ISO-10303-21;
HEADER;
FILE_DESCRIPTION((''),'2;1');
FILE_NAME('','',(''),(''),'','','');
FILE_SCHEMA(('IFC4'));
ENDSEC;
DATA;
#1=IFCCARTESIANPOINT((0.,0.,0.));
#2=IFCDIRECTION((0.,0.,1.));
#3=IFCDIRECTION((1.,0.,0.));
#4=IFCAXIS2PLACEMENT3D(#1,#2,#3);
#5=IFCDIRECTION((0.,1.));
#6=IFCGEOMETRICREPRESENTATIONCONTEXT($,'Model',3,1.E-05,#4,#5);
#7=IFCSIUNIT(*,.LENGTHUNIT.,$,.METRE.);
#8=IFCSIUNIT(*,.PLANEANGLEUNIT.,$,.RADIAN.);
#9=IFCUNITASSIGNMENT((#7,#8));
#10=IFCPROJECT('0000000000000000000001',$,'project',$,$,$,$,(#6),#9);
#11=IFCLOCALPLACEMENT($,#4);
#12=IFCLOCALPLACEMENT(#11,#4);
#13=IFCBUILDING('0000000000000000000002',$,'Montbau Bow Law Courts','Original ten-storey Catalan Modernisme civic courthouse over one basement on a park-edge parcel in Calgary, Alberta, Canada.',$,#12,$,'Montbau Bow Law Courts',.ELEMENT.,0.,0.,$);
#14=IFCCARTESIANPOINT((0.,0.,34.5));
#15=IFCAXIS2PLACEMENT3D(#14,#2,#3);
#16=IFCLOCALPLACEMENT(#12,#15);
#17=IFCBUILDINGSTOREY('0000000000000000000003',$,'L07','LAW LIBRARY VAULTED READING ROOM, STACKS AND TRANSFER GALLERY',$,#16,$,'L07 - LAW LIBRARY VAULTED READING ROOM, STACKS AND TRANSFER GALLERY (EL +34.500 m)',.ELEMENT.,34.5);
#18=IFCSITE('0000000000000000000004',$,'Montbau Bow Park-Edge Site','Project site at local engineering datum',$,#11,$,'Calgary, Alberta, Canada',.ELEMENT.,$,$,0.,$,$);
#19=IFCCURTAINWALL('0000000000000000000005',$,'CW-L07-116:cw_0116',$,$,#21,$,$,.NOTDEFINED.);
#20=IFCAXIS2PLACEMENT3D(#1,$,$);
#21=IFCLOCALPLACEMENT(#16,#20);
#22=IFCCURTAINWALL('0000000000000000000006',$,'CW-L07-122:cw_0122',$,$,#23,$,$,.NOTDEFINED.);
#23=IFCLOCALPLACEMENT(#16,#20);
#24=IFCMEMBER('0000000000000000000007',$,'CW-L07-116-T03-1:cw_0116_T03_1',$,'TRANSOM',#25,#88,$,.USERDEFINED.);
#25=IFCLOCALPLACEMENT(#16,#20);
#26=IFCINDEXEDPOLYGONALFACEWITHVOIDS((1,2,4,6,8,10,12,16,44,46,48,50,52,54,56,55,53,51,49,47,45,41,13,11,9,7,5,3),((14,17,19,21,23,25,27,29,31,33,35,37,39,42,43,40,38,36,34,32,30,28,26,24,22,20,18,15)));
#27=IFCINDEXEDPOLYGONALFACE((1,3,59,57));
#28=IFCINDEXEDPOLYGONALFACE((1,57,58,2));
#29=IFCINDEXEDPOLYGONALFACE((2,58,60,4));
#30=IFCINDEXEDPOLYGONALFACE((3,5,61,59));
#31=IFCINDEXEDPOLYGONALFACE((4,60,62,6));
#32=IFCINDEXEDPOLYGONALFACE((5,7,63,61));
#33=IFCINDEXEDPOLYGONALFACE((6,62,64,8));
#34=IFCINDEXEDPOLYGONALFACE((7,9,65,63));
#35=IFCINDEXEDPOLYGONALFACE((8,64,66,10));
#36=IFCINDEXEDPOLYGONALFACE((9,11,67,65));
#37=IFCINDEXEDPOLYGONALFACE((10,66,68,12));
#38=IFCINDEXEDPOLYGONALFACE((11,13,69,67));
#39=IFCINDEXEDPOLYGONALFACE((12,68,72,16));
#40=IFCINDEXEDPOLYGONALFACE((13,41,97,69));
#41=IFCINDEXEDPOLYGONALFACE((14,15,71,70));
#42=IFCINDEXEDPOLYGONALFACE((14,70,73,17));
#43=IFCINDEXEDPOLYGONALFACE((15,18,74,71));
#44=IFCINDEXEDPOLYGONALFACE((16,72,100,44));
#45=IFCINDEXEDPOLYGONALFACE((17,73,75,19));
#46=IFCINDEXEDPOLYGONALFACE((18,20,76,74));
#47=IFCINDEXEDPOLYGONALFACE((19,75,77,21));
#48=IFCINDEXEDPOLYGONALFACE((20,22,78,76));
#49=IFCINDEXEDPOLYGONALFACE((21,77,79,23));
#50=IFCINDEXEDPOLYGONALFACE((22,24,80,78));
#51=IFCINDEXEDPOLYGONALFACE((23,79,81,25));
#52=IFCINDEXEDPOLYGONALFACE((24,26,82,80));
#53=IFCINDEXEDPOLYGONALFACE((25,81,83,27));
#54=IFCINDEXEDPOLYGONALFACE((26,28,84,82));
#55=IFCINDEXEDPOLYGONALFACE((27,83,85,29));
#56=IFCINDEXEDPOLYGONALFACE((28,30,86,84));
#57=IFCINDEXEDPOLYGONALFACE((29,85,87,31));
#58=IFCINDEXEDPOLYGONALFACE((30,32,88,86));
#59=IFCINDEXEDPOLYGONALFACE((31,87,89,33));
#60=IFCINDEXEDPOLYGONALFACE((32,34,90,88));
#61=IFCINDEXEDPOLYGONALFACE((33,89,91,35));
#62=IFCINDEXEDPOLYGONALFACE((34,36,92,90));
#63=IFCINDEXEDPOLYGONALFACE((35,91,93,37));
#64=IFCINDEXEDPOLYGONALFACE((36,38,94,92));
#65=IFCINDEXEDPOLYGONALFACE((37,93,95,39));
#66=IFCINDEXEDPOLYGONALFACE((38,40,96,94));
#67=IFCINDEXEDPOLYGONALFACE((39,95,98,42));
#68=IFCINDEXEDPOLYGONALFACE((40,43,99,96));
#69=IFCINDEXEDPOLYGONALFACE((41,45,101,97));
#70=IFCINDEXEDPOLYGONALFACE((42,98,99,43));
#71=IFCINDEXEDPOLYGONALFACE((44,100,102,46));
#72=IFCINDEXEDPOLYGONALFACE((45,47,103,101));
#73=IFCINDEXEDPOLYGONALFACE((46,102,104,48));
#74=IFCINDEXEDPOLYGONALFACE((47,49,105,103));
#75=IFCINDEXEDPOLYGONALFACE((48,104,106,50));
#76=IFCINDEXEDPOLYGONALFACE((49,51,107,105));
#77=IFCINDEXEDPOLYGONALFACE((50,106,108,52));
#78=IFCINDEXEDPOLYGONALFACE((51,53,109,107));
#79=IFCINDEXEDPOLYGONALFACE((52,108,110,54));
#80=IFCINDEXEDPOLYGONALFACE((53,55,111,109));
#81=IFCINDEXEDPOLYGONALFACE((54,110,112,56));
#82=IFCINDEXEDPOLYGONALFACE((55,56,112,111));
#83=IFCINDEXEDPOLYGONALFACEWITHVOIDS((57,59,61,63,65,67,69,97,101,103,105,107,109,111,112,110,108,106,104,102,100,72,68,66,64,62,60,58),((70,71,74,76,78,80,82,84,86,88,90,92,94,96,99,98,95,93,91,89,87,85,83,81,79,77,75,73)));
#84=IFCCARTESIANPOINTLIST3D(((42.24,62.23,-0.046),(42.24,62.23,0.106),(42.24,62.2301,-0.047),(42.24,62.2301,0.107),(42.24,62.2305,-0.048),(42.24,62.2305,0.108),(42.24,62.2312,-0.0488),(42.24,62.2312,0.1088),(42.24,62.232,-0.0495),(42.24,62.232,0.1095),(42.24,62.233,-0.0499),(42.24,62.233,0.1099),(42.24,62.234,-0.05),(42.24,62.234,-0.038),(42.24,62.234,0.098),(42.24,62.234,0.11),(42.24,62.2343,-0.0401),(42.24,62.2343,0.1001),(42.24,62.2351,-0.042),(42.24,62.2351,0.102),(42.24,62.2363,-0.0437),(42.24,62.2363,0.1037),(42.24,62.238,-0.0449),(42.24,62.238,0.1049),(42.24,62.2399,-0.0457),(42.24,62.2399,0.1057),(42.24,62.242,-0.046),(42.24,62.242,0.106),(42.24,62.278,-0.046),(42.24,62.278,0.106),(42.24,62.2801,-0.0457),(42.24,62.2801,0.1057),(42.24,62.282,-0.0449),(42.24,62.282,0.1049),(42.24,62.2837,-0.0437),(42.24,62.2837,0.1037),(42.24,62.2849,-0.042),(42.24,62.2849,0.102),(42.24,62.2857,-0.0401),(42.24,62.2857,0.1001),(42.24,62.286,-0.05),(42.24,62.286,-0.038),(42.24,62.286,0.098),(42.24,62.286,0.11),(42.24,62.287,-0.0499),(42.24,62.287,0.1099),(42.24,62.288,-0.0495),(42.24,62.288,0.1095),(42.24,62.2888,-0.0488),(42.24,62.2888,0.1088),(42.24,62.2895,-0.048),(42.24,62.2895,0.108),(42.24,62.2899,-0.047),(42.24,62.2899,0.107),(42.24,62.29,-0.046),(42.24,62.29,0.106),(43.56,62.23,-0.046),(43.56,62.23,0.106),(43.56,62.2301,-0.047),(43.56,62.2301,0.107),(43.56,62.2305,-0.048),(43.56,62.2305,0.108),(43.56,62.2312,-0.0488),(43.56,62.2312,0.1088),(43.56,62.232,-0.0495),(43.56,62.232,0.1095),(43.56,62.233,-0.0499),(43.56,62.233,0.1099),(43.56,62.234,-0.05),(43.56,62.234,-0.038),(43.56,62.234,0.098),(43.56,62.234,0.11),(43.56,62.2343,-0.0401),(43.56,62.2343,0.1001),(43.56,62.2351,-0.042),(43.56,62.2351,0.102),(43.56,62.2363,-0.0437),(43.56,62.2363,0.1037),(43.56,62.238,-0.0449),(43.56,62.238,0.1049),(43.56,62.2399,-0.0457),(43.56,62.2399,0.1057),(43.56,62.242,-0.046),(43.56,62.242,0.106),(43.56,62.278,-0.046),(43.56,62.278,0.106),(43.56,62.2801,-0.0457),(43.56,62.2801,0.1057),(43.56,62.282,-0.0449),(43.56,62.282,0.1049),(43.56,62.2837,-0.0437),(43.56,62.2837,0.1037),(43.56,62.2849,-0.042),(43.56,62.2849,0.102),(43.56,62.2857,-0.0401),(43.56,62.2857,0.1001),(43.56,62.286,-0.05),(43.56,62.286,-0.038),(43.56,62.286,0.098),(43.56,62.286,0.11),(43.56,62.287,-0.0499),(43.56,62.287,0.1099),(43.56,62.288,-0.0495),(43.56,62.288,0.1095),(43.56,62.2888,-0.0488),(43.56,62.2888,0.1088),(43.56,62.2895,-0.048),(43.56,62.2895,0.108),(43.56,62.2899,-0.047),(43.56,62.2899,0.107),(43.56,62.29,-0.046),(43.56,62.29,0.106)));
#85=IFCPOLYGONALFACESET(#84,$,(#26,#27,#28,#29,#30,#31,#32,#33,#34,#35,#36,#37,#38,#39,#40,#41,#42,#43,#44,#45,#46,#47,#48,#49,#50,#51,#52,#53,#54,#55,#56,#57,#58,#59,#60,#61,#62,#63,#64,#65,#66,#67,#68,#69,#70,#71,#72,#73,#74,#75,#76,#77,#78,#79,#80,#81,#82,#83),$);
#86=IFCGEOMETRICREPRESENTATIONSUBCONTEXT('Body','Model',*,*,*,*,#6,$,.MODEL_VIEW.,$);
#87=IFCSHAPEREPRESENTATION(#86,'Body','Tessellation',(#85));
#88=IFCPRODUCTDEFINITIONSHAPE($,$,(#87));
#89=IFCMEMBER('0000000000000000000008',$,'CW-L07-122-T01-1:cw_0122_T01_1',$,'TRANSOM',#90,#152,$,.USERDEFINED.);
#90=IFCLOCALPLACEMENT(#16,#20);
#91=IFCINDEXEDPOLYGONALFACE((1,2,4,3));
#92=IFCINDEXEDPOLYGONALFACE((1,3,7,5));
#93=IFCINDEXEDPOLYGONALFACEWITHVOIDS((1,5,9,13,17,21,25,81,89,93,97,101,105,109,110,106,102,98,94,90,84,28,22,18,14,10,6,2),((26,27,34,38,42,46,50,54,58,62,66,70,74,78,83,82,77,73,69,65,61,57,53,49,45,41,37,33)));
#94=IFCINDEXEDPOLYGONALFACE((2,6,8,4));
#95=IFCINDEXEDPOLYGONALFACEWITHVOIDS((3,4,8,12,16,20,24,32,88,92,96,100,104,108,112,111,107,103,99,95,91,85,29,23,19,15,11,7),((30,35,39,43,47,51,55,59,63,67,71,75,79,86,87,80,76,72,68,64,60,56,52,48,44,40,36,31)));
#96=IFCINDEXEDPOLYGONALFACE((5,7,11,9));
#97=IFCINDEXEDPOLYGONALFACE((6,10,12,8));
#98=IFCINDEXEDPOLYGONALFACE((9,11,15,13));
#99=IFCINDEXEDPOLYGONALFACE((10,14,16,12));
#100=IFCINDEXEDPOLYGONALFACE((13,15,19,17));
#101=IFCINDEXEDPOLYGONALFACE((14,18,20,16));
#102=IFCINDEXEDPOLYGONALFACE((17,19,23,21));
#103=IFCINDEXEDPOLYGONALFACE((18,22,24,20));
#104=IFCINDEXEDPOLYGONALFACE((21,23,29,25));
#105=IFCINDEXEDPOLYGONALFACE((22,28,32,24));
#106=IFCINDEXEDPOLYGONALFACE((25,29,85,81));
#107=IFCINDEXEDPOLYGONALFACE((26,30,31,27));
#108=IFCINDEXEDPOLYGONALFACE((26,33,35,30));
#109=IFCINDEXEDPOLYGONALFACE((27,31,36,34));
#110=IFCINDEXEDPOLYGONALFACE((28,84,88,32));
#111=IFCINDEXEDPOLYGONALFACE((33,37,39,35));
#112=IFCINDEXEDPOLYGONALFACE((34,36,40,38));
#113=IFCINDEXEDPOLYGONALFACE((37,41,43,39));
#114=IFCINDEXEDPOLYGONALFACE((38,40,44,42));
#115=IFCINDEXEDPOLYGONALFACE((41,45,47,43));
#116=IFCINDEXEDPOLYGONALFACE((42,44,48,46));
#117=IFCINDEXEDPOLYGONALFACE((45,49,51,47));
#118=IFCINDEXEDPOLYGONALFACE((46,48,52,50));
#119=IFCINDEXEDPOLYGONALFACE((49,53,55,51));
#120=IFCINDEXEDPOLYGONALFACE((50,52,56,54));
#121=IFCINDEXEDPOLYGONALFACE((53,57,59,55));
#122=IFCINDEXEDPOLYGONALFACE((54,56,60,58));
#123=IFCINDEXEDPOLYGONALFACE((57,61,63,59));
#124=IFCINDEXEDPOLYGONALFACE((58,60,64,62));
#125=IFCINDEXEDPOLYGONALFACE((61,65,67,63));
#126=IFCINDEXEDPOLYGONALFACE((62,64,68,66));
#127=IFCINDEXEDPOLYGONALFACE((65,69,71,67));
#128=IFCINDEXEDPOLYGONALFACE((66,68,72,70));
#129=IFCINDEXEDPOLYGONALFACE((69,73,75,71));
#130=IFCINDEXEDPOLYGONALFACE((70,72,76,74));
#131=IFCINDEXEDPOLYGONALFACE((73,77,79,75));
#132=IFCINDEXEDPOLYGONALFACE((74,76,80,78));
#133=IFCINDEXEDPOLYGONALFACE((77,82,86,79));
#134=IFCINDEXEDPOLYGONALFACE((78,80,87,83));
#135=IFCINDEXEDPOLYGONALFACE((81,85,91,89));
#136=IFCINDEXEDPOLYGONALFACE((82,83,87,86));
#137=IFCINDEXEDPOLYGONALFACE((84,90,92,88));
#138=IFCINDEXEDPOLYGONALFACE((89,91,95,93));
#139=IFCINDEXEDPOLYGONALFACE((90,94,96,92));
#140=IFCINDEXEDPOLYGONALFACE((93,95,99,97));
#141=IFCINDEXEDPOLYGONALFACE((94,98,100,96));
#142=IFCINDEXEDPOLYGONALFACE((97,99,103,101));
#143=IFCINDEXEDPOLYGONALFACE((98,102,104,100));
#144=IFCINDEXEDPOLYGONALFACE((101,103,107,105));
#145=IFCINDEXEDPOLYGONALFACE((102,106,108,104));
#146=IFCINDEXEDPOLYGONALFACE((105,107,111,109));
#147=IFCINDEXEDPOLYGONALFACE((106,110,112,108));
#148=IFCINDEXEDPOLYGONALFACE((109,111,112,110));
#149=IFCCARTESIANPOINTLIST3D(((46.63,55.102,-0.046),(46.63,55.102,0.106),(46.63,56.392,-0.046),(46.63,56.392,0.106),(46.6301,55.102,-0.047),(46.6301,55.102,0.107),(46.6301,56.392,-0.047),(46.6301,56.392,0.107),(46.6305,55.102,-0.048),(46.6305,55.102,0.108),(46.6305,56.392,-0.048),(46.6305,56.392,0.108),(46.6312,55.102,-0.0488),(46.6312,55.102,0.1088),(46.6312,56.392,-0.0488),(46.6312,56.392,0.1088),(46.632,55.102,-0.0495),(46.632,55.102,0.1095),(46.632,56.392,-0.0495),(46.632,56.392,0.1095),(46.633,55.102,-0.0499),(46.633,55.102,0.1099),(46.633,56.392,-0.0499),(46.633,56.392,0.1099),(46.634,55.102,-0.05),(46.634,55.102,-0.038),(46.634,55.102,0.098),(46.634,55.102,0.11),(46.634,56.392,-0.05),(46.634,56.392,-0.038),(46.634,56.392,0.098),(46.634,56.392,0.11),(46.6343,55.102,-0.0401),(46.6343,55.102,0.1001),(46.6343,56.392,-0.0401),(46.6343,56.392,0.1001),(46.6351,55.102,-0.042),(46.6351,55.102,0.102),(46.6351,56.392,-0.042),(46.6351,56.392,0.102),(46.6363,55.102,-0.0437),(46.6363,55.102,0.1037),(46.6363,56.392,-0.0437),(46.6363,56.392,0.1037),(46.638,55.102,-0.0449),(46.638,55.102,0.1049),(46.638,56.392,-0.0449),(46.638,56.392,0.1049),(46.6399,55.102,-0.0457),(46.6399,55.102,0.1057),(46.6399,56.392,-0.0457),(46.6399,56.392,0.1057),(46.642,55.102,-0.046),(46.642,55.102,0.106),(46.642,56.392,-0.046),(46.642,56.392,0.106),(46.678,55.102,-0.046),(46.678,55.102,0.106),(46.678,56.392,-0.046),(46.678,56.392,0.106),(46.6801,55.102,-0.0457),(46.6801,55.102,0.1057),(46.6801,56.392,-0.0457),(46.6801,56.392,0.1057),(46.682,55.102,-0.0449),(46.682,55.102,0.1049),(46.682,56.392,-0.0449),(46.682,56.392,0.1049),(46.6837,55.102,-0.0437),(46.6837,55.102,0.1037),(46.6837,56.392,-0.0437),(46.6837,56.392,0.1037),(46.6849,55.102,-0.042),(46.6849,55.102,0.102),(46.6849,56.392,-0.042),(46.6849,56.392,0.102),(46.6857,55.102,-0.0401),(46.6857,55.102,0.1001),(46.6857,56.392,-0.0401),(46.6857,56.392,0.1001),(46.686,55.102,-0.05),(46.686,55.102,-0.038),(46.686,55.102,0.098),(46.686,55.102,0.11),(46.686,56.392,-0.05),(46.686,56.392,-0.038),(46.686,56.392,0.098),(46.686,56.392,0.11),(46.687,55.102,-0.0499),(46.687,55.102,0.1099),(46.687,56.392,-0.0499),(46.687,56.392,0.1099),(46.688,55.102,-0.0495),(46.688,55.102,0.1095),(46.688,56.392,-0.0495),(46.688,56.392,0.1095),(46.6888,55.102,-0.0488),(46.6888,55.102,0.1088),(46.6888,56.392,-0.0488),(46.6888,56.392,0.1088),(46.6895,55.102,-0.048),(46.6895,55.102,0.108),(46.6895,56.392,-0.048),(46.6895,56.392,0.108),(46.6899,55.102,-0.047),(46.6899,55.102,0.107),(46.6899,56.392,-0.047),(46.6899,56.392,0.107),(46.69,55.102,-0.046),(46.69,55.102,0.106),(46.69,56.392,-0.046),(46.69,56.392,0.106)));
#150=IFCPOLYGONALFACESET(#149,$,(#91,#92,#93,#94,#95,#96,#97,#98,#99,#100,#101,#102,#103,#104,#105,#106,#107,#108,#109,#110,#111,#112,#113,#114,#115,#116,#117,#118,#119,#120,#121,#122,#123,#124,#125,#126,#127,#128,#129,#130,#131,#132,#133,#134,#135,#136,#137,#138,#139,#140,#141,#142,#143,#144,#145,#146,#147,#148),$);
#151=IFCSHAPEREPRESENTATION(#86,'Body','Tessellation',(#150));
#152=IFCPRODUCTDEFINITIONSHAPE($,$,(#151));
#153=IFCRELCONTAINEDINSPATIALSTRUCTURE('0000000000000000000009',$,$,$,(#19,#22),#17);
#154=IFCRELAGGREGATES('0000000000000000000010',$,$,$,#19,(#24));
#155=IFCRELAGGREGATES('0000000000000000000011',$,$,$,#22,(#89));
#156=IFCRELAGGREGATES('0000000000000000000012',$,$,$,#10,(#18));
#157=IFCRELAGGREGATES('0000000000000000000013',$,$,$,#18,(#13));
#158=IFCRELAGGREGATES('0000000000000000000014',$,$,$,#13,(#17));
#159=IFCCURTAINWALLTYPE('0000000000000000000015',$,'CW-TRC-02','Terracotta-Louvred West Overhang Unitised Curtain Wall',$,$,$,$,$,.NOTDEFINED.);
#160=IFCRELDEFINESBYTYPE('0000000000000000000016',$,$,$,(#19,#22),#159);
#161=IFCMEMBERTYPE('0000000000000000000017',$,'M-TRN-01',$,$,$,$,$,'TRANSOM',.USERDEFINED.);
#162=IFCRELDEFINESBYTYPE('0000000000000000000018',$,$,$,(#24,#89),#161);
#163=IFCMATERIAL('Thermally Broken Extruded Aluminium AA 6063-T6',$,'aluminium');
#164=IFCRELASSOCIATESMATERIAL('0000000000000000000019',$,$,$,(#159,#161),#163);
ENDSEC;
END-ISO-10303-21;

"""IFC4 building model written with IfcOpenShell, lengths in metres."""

from ifc_helpers import new_model, si_unit, direction, frame, origin_with_axes, origin_2d_with_axis, place, context, subcontext, project, spatial, hollow_rectangle, extrude, material, material_profile, profile_set, type_object, element, aggregate, save


model = new_model("IFC4")

# Units and contexts
model_context = context("Model", 3, precision=1e-05, world=origin_with_axes(), true_north=direction((0.0, 1.0)))
body_context = subcontext(model_context, "Body", "Model", "MODEL_VIEW")
ifc_project = project(units=[si_unit("LENGTHUNIT", "METRE"), si_unit("PLANEANGLEUNIT", "RADIAN")], contexts=[model_context])

# Site, building, storey
site_placement = place(None, origin_with_axes())
site = spatial("IfcSite", under=ifc_project, at=site_placement, Name="Montbau Bow Park-Edge Site", Description="Project site at local engineering datum", LongName="Calgary, Alberta, Canada", CompositionType="ELEMENT", RefElevation=0.0)
building_placement = place(site_placement, origin_with_axes())
building = spatial("IfcBuilding", under=site, at=building_placement, Name="Montbau Bow Law Courts", Description="Original ten-storey Catalan Modernisme civic courthouse over one basement on a park-edge parcel in Calgary, Alberta, Canada.", LongName="Montbau Bow Law Courts", CompositionType="ELEMENT", ElevationOfRefHeight=0.0, ElevationOfTerrain=0.0)
storey_placement = place(building_placement, frame((0.0, 0.0, 34.5), z_axis=(0.0, 0.0, 1.0), x_axis=(1.0, 0.0, 0.0)))
storey = spatial("IfcBuildingStorey", under=building, at=storey_placement, Name="L07", Description="LAW LIBRARY VAULTED READING ROOM, STACKS AND TRANSFER GALLERY", LongName="L07 - LAW LIBRARY VAULTED READING ROOM, STACKS AND TRANSFER GALLERY (EL +34.500 m)", CompositionType="ELEMENT", Elevation=34.5)

# Shared definitions
ifc_material_1 = material(Name="Thermally Broken Extruded Aluminium AA 6063-T6", Category="aluminium")
curtain_wall_type = type_object("IfcCurtainWallType", Name="CW-TRC-02", Description="Terracotta-Louvred West Overhang Unitised Curtain Wall", PredefinedType="NOTDEFINED", material=ifc_material_1)

# Curtain wall
curtain_wall_1_placement = place(None, frame((39.44, 62.26, 34.5), z_axis=(0.0, 0.0, 1.0), x_axis=(1.0, 0.0, 0.0)))
curtain_wall_1 = element("IfcCurtainWall", 1, at=curtain_wall_1_placement, inside=storey, type_object=curtain_wall_type, Name="CW-L07-116:cw_0116", PredefinedType="NOTDEFINED")

# Curtain wall
curtain_wall_2_placement = place(None, frame((46.66, 55.04, 34.5), z_axis=(0.0, 0.0, 1.0), x_axis=(1.0, 0.0, 0.0)))
curtain_wall_2 = element("IfcCurtainWall", 2, at=curtain_wall_2_placement, inside=storey, type_object=curtain_wall_type, Name="CW-L07-122:cw_0122", PredefinedType="NOTDEFINED")

# Members
ifc_material_profile_1 = material_profile(ifc_material_1, hollow_rectangle(XDim=0.06, YDim=0.16, WallThickness=0.004, InnerFilletRadius=0.008, OuterFilletRadius=0.004, at=origin_2d_with_axis()), Name="CWT-160X60", Category="Main", Priority=0)
ifc_profile_set_1 = profile_set([ifc_material_profile_1], Name="Thermally Broken Extruded Aluminium AA 6063-T6")
member_type_1 = type_object("IfcMemberType", Name="M-TRN-01", ElementType="TRANSOM", PredefinedType="USERDEFINED", material=ifc_profile_set_1)
member_1_placement = place(None, frame((42.24, 62.26, 34.53), z_axis=(1.0, 0.0, 0.0), x_axis=(0.0, 1.0, 0.0)))
member_1 = element("IfcMember", 3, at=member_1_placement, type_object=member_type_1, Name="CW-L07-116-T03-1:cw_0116_T03_1", ObjectType="TRANSOM", PredefinedType="USERDEFINED", context=body_context, shape_type="SweptSolid", body=[
    extrude(hollow_rectangle(XDim=0.06, YDim=0.16, WallThickness=0.004, InnerFilletRadius=0.008, OuterFilletRadius=0.004, at=origin_2d_with_axis()), origin_with_axes(), (0.0, 0.0, 1.0), 1.32),
])
member_2_placement = place(None, frame((46.66, 55.102, 34.53), z_axis=(0.0, 1.0, 0.0), x_axis=(-1.0, 0.0, 0.0)))
member_2 = element("IfcMember", 4, at=member_2_placement, type_object=member_type_1, Name="CW-L07-122-T01-1:cw_0122_T01_1", ObjectType="TRANSOM", PredefinedType="USERDEFINED", context=body_context, shape_type="SweptSolid", body=[
    extrude(hollow_rectangle(XDim=0.06, YDim=0.16, WallThickness=0.004, InnerFilletRadius=0.008, OuterFilletRadius=0.004, at=origin_2d_with_axis()), origin_with_axes(), (0.0, 0.0, 1.0), 1.29),
])

aggregate(curtain_wall_1, [member_1])
aggregate(curtain_wall_2, [member_2])

save(model, "model.ifc")
